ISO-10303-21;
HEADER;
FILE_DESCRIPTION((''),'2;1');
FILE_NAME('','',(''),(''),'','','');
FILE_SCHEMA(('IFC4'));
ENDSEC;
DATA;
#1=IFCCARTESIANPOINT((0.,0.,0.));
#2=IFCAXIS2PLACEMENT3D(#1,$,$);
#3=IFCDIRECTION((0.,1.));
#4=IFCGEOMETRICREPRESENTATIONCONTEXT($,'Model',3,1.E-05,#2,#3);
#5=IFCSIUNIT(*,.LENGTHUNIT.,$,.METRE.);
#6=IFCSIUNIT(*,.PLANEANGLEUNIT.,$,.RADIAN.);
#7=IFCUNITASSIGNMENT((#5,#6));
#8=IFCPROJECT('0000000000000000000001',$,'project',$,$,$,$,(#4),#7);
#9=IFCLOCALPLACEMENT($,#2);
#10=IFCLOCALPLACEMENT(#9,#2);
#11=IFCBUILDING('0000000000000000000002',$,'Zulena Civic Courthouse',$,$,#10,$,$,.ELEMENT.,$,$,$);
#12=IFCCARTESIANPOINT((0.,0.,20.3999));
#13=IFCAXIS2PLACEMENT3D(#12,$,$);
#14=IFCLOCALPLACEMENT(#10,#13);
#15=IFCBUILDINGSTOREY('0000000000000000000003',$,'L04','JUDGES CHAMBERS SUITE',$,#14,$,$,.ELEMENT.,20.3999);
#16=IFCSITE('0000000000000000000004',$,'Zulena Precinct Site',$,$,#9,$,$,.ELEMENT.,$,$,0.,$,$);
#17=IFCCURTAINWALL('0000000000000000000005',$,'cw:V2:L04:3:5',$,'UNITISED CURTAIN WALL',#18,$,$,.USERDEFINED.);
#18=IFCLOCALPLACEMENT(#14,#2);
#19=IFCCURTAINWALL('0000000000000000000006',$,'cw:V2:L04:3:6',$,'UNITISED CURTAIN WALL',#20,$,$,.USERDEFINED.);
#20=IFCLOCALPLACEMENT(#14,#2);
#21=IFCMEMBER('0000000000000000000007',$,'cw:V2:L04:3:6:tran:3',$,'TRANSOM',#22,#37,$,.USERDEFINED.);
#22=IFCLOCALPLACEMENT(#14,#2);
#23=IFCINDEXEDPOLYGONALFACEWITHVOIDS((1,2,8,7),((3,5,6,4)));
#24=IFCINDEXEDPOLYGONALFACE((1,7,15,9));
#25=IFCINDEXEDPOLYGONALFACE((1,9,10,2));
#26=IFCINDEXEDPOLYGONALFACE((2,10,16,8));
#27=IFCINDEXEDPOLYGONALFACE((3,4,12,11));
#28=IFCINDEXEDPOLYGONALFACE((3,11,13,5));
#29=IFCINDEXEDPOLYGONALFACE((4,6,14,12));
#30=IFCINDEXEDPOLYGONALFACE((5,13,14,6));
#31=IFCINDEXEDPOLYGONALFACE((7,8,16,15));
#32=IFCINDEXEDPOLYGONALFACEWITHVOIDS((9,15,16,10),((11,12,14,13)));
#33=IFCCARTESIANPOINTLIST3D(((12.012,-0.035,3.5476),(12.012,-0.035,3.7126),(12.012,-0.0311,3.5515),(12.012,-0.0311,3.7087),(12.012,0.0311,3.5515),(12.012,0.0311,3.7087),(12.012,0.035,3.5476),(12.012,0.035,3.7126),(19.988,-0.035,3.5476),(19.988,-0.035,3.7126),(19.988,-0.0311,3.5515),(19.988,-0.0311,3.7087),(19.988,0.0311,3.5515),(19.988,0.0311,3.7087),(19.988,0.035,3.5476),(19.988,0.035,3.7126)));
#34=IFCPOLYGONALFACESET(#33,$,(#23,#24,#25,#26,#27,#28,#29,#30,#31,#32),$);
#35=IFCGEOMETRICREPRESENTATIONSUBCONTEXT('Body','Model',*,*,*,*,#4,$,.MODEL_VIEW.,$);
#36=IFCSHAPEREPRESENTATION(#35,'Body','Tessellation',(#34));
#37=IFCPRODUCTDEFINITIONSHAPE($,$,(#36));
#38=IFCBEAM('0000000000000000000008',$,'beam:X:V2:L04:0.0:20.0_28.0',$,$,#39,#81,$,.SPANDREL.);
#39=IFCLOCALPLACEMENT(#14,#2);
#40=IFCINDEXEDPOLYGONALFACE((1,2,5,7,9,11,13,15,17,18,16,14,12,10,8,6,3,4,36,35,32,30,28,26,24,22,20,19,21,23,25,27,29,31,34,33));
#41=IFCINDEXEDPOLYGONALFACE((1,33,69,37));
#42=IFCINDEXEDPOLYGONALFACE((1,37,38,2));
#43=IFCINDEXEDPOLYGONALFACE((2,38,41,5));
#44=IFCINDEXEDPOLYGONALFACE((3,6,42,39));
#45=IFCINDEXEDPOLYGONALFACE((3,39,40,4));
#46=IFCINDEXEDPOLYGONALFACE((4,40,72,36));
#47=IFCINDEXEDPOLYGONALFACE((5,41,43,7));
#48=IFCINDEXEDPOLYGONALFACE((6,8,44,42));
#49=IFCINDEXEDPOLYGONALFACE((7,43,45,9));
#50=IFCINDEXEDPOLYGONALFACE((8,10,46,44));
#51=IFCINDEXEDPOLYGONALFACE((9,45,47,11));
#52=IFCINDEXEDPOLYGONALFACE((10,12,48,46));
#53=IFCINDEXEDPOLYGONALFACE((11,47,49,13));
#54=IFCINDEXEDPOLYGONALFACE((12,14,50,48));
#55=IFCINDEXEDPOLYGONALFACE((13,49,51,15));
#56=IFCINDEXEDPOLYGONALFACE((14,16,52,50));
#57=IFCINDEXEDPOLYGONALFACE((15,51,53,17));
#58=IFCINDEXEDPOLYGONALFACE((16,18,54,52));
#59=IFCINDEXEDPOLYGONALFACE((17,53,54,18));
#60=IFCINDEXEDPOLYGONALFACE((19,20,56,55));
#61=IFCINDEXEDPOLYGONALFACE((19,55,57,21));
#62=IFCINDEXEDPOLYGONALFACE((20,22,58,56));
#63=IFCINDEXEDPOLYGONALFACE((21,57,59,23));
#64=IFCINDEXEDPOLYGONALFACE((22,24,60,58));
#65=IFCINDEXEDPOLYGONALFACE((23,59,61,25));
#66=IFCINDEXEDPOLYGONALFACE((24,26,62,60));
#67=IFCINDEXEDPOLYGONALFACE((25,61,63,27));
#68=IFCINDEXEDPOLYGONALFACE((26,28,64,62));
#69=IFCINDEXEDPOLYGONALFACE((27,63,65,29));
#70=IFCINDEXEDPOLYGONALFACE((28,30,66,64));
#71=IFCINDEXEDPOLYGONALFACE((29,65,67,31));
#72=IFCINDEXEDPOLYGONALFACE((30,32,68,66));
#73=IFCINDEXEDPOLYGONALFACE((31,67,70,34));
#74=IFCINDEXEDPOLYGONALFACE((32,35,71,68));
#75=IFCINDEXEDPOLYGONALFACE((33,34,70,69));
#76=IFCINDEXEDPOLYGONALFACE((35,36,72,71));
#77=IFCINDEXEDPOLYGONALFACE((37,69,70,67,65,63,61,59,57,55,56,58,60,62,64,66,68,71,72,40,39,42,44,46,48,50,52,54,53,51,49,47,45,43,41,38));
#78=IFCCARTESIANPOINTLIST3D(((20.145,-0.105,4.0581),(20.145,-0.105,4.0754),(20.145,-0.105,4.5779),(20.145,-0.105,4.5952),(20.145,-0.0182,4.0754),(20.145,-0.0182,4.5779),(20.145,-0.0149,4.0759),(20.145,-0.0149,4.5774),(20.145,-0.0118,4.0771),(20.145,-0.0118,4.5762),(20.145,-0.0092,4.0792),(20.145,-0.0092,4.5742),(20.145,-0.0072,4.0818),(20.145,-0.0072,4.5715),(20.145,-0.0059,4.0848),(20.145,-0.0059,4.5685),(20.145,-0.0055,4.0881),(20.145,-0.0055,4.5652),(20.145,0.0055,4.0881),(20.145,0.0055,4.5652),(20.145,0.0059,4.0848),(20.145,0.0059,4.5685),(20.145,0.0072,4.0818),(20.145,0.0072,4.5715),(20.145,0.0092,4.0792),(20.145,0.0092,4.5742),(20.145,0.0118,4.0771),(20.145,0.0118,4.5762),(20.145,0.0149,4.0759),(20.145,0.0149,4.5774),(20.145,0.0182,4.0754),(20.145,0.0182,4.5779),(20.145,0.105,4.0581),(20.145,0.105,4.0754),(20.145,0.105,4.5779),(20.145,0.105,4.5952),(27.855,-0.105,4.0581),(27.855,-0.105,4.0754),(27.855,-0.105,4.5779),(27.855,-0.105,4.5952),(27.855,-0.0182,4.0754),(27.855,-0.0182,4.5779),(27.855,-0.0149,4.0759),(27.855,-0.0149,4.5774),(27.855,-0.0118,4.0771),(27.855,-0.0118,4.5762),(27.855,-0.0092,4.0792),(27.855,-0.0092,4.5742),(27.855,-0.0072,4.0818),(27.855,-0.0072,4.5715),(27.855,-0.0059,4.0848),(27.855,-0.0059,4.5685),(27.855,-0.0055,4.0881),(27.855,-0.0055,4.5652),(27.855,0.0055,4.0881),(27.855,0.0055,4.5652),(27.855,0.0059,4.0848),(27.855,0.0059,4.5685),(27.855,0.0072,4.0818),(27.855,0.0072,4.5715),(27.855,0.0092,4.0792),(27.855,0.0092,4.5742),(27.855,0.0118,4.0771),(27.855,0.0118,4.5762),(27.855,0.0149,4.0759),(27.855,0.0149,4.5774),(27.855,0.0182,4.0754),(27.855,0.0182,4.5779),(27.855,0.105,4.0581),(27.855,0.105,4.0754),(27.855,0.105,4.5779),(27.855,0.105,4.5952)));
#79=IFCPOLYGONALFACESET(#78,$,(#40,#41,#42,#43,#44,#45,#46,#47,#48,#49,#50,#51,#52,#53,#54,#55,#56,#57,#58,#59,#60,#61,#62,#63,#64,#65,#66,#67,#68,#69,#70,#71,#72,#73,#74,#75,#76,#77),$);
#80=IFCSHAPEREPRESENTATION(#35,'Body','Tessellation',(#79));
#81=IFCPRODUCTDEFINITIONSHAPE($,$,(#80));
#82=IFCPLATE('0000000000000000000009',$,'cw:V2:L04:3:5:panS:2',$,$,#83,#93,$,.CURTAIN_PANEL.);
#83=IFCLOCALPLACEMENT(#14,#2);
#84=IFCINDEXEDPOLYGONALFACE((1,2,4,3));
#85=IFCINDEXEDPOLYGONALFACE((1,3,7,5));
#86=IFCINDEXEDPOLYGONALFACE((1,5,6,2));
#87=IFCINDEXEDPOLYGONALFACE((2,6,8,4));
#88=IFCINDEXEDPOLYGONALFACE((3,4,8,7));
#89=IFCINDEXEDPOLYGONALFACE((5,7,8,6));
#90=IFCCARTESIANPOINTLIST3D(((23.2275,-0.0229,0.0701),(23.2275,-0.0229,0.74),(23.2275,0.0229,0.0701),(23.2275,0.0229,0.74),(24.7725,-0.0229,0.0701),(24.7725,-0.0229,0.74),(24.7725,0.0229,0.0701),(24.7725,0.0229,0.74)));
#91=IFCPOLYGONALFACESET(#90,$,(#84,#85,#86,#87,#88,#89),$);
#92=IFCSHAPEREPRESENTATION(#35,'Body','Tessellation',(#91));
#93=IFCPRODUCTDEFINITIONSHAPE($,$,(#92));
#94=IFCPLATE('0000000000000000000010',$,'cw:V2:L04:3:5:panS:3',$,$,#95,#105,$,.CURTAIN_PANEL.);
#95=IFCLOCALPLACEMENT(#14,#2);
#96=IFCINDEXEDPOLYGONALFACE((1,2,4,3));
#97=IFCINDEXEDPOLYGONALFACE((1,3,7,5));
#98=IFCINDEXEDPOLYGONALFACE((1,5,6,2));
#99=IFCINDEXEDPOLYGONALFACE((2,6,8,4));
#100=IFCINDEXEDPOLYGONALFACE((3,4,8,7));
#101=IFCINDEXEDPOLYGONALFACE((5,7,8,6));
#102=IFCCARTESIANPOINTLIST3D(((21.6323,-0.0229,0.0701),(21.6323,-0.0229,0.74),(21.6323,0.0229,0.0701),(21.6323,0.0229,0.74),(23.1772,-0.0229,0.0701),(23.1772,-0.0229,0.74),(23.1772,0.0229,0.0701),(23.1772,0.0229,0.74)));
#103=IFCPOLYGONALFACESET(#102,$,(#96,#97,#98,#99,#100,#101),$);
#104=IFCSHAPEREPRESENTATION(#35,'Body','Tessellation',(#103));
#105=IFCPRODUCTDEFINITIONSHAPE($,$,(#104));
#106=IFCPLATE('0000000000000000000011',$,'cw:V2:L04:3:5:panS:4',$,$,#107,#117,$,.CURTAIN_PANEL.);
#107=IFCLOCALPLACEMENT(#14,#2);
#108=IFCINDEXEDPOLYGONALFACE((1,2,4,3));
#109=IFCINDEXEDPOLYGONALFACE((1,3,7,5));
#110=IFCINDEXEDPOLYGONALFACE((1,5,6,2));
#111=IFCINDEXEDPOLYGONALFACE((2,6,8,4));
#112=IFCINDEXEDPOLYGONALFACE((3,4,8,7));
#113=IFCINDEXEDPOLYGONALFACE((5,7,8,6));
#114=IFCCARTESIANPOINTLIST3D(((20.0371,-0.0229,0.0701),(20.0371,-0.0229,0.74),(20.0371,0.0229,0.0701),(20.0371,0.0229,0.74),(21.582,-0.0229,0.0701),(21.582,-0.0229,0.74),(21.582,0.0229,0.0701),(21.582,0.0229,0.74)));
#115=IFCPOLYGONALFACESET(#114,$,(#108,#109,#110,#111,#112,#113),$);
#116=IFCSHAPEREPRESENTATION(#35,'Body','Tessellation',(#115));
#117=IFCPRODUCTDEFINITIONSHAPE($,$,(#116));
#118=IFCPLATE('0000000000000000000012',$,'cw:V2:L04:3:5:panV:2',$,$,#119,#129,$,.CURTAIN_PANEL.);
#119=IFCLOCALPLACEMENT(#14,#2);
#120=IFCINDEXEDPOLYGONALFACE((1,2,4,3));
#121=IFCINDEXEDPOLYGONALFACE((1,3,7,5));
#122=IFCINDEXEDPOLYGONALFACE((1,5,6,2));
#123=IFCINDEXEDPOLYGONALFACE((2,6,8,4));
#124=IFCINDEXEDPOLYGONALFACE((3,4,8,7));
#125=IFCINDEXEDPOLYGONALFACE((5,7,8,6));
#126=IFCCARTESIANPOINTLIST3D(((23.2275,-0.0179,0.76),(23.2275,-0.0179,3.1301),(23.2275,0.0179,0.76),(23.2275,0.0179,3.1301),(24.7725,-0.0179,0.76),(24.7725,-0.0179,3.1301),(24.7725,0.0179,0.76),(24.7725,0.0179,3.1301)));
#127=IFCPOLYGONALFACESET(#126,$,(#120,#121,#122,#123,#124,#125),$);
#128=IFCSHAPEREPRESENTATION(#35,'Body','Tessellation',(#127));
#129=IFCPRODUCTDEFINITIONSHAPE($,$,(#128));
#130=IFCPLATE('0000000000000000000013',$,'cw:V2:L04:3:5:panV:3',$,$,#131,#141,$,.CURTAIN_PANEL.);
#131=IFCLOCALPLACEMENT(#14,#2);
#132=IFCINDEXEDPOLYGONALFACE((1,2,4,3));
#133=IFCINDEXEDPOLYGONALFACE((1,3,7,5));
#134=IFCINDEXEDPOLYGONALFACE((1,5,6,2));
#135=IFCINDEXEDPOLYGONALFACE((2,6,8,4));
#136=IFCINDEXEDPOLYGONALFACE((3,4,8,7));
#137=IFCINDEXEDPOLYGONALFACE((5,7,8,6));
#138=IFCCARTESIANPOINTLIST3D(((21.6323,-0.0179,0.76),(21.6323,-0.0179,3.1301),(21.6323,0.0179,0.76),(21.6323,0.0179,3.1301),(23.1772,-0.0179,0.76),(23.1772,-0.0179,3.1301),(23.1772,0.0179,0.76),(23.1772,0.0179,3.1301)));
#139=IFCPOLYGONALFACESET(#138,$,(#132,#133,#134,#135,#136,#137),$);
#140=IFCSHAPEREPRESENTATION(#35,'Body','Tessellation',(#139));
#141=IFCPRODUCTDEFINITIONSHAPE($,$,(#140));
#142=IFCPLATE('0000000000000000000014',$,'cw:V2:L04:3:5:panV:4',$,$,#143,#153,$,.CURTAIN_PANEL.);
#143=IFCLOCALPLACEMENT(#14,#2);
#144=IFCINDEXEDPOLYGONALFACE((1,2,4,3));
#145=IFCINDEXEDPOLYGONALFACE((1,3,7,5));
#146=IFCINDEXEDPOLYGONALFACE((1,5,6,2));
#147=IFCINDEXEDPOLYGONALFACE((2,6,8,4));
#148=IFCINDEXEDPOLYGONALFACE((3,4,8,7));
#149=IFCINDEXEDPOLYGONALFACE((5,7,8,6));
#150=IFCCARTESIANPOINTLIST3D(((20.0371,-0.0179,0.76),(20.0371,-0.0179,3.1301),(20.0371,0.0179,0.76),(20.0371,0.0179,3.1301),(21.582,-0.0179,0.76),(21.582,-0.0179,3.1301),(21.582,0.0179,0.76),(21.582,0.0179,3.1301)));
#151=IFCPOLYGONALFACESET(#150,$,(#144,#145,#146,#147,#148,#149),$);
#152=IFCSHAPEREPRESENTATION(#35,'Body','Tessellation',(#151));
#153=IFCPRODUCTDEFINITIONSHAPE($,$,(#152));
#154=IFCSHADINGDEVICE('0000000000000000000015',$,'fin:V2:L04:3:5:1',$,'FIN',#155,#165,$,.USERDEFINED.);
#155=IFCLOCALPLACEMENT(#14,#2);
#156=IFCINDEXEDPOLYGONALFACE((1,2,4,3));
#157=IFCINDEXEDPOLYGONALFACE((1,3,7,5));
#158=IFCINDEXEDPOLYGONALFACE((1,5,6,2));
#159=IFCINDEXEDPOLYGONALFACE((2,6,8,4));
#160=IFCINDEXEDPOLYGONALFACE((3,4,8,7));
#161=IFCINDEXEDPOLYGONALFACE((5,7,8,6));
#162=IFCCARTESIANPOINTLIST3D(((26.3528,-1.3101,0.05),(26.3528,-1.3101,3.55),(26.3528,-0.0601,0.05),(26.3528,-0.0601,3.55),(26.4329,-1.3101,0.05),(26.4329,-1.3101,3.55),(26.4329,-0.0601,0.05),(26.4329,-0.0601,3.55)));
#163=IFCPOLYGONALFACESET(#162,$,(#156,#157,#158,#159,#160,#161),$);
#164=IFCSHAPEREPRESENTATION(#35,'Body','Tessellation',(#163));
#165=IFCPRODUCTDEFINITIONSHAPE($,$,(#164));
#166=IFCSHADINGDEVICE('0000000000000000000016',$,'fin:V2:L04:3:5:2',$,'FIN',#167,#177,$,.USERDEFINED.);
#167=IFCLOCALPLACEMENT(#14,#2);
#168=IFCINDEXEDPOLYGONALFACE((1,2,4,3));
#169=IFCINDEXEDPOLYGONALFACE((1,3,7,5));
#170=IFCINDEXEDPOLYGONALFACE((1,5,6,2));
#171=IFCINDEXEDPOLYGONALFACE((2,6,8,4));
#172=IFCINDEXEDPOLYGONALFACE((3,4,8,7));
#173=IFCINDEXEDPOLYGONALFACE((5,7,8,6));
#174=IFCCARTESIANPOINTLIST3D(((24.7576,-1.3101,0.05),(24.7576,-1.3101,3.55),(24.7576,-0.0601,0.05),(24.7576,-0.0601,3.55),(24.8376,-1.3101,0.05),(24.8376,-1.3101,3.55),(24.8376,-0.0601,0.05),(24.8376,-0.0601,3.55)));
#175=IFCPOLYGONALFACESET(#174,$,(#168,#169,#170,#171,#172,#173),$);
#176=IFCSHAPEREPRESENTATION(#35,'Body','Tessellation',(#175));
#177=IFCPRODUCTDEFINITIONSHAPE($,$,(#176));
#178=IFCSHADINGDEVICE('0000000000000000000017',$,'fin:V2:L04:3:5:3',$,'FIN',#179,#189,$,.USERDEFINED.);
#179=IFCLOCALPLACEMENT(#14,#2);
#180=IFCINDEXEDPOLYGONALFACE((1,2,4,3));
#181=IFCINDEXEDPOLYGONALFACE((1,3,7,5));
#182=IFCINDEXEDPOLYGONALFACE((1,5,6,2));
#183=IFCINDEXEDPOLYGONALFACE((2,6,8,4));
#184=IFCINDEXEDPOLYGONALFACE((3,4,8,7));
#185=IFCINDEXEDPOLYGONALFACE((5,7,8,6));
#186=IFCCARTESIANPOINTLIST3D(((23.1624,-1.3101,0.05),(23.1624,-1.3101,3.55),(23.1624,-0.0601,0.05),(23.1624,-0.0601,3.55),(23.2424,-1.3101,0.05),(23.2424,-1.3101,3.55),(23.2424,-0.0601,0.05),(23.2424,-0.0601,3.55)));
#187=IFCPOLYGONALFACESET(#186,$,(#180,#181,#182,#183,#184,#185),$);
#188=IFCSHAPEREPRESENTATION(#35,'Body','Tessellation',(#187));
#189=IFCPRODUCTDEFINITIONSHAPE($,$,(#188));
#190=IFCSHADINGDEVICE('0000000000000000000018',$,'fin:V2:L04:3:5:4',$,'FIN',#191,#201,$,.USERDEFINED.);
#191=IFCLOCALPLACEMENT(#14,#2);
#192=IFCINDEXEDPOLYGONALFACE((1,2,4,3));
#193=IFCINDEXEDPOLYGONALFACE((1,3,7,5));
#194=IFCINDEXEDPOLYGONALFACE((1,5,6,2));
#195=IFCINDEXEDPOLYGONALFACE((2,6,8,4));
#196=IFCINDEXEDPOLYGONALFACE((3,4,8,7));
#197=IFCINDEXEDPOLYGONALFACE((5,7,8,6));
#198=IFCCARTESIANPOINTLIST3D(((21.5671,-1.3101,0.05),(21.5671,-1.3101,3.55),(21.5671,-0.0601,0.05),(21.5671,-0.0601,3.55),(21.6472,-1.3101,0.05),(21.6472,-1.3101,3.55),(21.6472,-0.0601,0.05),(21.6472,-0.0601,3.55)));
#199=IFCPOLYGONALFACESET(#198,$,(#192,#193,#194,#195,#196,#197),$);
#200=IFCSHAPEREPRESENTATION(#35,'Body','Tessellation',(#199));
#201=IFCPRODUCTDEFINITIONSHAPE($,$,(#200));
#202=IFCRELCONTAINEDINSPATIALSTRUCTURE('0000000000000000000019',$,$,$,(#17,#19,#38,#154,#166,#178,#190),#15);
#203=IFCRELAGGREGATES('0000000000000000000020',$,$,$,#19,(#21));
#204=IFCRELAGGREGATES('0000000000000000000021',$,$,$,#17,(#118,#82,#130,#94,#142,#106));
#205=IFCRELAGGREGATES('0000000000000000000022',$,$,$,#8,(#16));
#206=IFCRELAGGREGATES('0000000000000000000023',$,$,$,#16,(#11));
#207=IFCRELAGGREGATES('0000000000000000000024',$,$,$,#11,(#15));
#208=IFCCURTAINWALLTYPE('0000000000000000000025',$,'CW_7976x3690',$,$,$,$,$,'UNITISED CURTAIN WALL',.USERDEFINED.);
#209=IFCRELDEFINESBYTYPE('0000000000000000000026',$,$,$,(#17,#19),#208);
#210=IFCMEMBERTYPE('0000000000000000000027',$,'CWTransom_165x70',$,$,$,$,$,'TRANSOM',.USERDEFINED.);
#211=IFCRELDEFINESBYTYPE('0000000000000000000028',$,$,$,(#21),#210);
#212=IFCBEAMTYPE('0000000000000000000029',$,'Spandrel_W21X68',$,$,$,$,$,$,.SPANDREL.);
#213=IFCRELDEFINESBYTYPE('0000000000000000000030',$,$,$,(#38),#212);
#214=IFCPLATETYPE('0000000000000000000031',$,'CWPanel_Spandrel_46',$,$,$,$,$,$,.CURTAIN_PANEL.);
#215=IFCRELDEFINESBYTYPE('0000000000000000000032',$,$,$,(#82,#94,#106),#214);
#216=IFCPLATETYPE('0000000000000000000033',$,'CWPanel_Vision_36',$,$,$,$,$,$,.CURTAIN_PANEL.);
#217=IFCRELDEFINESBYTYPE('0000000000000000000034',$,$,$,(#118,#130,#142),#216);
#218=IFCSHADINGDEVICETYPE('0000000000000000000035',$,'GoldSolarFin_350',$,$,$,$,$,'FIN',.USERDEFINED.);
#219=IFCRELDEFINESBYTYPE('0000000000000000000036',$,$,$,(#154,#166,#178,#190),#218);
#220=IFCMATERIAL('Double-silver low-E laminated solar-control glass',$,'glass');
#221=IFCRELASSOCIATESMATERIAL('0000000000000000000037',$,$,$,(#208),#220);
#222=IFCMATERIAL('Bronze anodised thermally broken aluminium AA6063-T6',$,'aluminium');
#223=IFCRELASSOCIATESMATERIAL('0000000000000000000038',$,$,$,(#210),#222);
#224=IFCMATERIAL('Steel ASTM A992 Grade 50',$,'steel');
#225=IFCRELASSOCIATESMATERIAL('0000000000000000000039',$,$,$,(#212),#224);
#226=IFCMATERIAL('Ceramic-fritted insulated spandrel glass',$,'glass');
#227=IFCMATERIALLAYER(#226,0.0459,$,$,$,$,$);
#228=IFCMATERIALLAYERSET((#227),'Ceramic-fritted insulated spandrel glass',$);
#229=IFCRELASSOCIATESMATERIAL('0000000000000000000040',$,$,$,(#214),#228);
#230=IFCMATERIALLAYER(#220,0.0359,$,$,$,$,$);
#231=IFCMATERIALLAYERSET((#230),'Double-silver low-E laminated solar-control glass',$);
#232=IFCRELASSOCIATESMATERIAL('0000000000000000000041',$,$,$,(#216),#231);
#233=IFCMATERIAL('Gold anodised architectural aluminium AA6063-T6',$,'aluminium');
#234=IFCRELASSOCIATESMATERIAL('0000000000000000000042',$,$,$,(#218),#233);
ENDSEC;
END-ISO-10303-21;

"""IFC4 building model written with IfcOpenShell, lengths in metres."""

from ifc_helpers import new_model, si_unit, direction, frame, origin, origin_2d, place, context, subcontext, project, spatial, rectangle, hollow_rectangle, i_section, extrude, material, layer, layer_set, material_profile, profile_set, type_object, element, aggregate, save


model = new_model("IFC4")

# Units and contexts
model_context = context("Model", 3, precision=1e-05, world=origin(), true_north=direction((0.0, 1.0)))
body_context = subcontext(model_context, "Body", "Model", "MODEL_VIEW")
ifc_project = project(units=[si_unit("LENGTHUNIT", "METRE"), si_unit("PLANEANGLEUNIT", "RADIAN")], contexts=[model_context])

# Site, building, storey
site_placement = place(None, origin())
site = spatial("IfcSite", under=ifc_project, at=site_placement, Name="Zulena Precinct Site", CompositionType="ELEMENT", RefElevation=0.0)
building_placement = place(site_placement, origin())
building = spatial("IfcBuilding", under=site, at=building_placement, Name="Zulena Civic Courthouse", CompositionType="ELEMENT")
storey_placement = place(building_placement, frame((0.0, 0.0, 20.3999)))
storey = spatial("IfcBuildingStorey", under=building, at=storey_placement, Name="L04", Description="JUDGES CHAMBERS SUITE", CompositionType="ELEMENT", Elevation=20.3999)

# Shared definitions
ifc_material_1 = material(Name="Steel ASTM A992 Grade 50", Category="steel")

# Curtain walls, member
ifc_material_2 = material(Name="Double-silver low-E laminated solar-control glass", Category="glass")
curtain_wall_type = type_object("IfcCurtainWallType", Name="CW_7976x3690", ElementType="UNITISED CURTAIN WALL", PredefinedType="USERDEFINED", material=ifc_material_2)
curtain_wall_1_placement = place(storey_placement, origin())
curtain_wall_1 = element("IfcCurtainWall", 1, at=curtain_wall_1_placement, inside=storey, type_object=curtain_wall_type, Name="cw:V2:L04:3:5", ObjectType="UNITISED CURTAIN WALL", PredefinedType="USERDEFINED")
ifc_material_3 = material(Name="Bronze anodised thermally broken aluminium AA6063-T6", Category="aluminium")
curtain_wall_2_placement = place(storey_placement, origin())
curtain_wall_2 = element("IfcCurtainWall", 2, at=curtain_wall_2_placement, inside=storey, type_object=curtain_wall_type, Name="cw:V2:L04:3:6", ObjectType="UNITISED CURTAIN WALL", PredefinedType="USERDEFINED")
ifc_material_profile_1 = material_profile(ifc_material_3, hollow_rectangle(XDim=0.0701, YDim=0.165, WallThickness=0.0039, at=origin_2d()), Name="CWT165X70X4")
ifc_profile_set_1 = profile_set([ifc_material_profile_1], Name="Bronze anodised thermally broken aluminium AA6063-T6")
member_type_1 = type_object("IfcMemberType", Name="CWTransom_165x70", ElementType="TRANSOM", PredefinedType="USERDEFINED", material=ifc_profile_set_1)
member_1_placement = place(storey_placement, frame((19.988, 0.0, 3.6301), z_axis=(-1.0, 0.0, 0.0), x_axis=(0.0, -1.0, 0.0)))
member_1 = element("IfcMember", 3, at=member_1_placement, type_object=member_type_1, Name="cw:V2:L04:3:6:tran:3", ObjectType="TRANSOM", PredefinedType="USERDEFINED", context=body_context, shape_type="SweptSolid", body=[
    extrude(hollow_rectangle(XDim=0.0701, YDim=0.165, WallThickness=0.0039, at=origin_2d()), origin(), (0.0, 0.0, 1.0), 7.9761),
])
aggregate(curtain_wall_2, [member_1])

# Beam
ifc_material_profile_2 = material_profile(ifc_material_1, i_section(OverallWidth=0.21, OverallDepth=0.5371, WebThickness=0.011, FlangeThickness=0.0173, FilletRadius=0.0127, at=origin_2d()), Name="W21X68")
ifc_profile_set_2 = profile_set([ifc_material_profile_2], Name="Steel ASTM A992 Grade 50")
beam_type = type_object("IfcBeamType", Name="Spandrel_W21X68", PredefinedType="SPANDREL", material=ifc_profile_set_2)
beam_placement = place(storey_placement, frame((20.145, 0.0, 4.3267), z_axis=(1.0, 0.0, 0.0), x_axis=(0.0, 1.0, 0.0)))
element("IfcBeam", 4, at=beam_placement, inside=storey, type_object=beam_type, Name="beam:X:V2:L04:0.0:20.0_28.0", PredefinedType="SPANDREL", context=body_context, shape_type="SweptSolid", body=[
    extrude(i_section(OverallWidth=0.21, OverallDepth=0.5371, WebThickness=0.011, FlangeThickness=0.0173, FilletRadius=0.0127, at=origin_2d()), origin(), (0.0, 0.0, 1.0), 7.71),
])

# Plates
ifc_material_4 = material(Name="Ceramic-fritted insulated spandrel glass", Category="glass")
ifc_layer_1 = layer(ifc_material_4, 0.0459)
ifc_layer_set_1 = layer_set([ifc_layer_1], Name="Ceramic-fritted insulated spandrel glass")
plate_type_1 = type_object("IfcPlateType", Name="CWPanel_Spandrel_46", PredefinedType="CURTAIN_PANEL", material=ifc_layer_set_1)
plate_1_placement = place(storey_placement, frame((24.0, 0.0, 0.0701), z_axis=(0.0, 0.0, 1.0), x_axis=(-1.0, 0.0, 0.0)))
plate_1 = element("IfcPlate", 5, at=plate_1_placement, type_object=plate_type_1, Name="cw:V2:L04:3:5:panS:2", PredefinedType="CURTAIN_PANEL", context=body_context, shape_type="SweptSolid", body=[
    extrude(rectangle(XDim=1.5449, YDim=0.0459, at=origin_2d()), origin(), (0.0, 0.0, 1.0), 0.6699),
])
plate_2_placement = place(storey_placement, frame((22.4048, 0.0, 0.0701), z_axis=(0.0, 0.0, 1.0), x_axis=(-1.0, 0.0, 0.0)))
plate_2 = element("IfcPlate", 6, at=plate_2_placement, type_object=plate_type_1, Name="cw:V2:L04:3:5:panS:3", PredefinedType="CURTAIN_PANEL", context=body_context, shape_type="SweptSolid", body=[
    extrude(rectangle(XDim=1.5449, YDim=0.0459, at=origin_2d()), origin(), (0.0, 0.0, 1.0), 0.6699),
])
plate_3_placement = place(storey_placement, frame((20.8096, 0.0, 0.0701), z_axis=(0.0, 0.0, 1.0), x_axis=(-1.0, 0.0, 0.0)))
plate_3 = element("IfcPlate", 7, at=plate_3_placement, type_object=plate_type_1, Name="cw:V2:L04:3:5:panS:4", PredefinedType="CURTAIN_PANEL", context=body_context, shape_type="SweptSolid", body=[
    extrude(rectangle(XDim=1.5449, YDim=0.0459, at=origin_2d()), origin(), (0.0, 0.0, 1.0), 0.6699),
])
ifc_layer_2 = layer(ifc_material_2, 0.0359)
ifc_layer_set_2 = layer_set([ifc_layer_2], Name="Double-silver low-E laminated solar-control glass")
plate_type_2 = type_object("IfcPlateType", Name="CWPanel_Vision_36", PredefinedType="CURTAIN_PANEL", material=ifc_layer_set_2)
plate_4_placement = place(storey_placement, frame((24.0, 0.0, 0.76), z_axis=(0.0, 0.0, 1.0), x_axis=(-1.0, 0.0, 0.0)))
plate_4 = element("IfcPlate", 8, at=plate_4_placement, type_object=plate_type_2, Name="cw:V2:L04:3:5:panV:2", PredefinedType="CURTAIN_PANEL", context=body_context, shape_type="SweptSolid", body=[
    extrude(rectangle(XDim=1.5449, YDim=0.0359, at=origin_2d()), origin(), (0.0, 0.0, 1.0), 2.3701),
])
plate_5_placement = place(storey_placement, frame((22.4048, 0.0, 0.76), z_axis=(0.0, 0.0, 1.0), x_axis=(-1.0, 0.0, 0.0)))
plate_5 = element("IfcPlate", 9, at=plate_5_placement, type_object=plate_type_2, Name="cw:V2:L04:3:5:panV:3", PredefinedType="CURTAIN_PANEL", context=body_context, shape_type="SweptSolid", body=[
    extrude(rectangle(XDim=1.5449, YDim=0.0359, at=origin_2d()), origin(), (0.0, 0.0, 1.0), 2.3701),
])
plate_6_placement = place(storey_placement, frame((20.8096, 0.0, 0.76), z_axis=(0.0, 0.0, 1.0), x_axis=(-1.0, 0.0, 0.0)))
plate_6 = element("IfcPlate", 10, at=plate_6_placement, type_object=plate_type_2, Name="cw:V2:L04:3:5:panV:4", PredefinedType="CURTAIN_PANEL", context=body_context, shape_type="SweptSolid", body=[
    extrude(rectangle(XDim=1.5449, YDim=0.0359, at=origin_2d()), origin(), (0.0, 0.0, 1.0), 2.3701),
])
aggregate(curtain_wall_1, [plate_4, plate_1, plate_5, plate_2, plate_6, plate_3])

# Shading devices
ifc_material_5 = material(Name="Gold anodised architectural aluminium AA6063-T6", Category="aluminium")
shading_device_type = type_object("IfcShadingDeviceType", Name="GoldSolarFin_350", ElementType="FIN", PredefinedType="USERDEFINED", material=ifc_material_5)
for number, where, z_axis, x_axis, name in (
    (11, (26.3928, -0.6851, 0.05), (0.0, 0.0, 1.0), (0.0, -1.0, 0.0), "fin:V2:L04:3:5:1"),
    (12, (24.7976, -0.6851, 0.05), (0.0, 0.0, 1.0), (0.0, -1.0, 0.0), "fin:V2:L04:3:5:2"),
    (13, (23.2024, -0.6851, 0.05), (0.0, 0.0, 1.0), (0.0, -1.0, 0.0), "fin:V2:L04:3:5:3"),
    (14, (21.6072, -0.6851, 0.05), (0.0, 0.0, 1.0), (0.0, -1.0, 0.0), "fin:V2:L04:3:5:4"),
):
    element("IfcShadingDevice", number, at=place(storey_placement, frame(where, z_axis=z_axis, x_axis=x_axis)), inside=storey, type_object=shading_device_type, Name=name, ObjectType="FIN", PredefinedType="USERDEFINED", context=body_context, shape_type="SweptSolid", body=[
        extrude(rectangle(XDim=1.25, YDim=0.0801, at=origin_2d()), origin(), (0.0, 0.0, 1.0), 3.5),
    ])

save(model, "model.ifc")
